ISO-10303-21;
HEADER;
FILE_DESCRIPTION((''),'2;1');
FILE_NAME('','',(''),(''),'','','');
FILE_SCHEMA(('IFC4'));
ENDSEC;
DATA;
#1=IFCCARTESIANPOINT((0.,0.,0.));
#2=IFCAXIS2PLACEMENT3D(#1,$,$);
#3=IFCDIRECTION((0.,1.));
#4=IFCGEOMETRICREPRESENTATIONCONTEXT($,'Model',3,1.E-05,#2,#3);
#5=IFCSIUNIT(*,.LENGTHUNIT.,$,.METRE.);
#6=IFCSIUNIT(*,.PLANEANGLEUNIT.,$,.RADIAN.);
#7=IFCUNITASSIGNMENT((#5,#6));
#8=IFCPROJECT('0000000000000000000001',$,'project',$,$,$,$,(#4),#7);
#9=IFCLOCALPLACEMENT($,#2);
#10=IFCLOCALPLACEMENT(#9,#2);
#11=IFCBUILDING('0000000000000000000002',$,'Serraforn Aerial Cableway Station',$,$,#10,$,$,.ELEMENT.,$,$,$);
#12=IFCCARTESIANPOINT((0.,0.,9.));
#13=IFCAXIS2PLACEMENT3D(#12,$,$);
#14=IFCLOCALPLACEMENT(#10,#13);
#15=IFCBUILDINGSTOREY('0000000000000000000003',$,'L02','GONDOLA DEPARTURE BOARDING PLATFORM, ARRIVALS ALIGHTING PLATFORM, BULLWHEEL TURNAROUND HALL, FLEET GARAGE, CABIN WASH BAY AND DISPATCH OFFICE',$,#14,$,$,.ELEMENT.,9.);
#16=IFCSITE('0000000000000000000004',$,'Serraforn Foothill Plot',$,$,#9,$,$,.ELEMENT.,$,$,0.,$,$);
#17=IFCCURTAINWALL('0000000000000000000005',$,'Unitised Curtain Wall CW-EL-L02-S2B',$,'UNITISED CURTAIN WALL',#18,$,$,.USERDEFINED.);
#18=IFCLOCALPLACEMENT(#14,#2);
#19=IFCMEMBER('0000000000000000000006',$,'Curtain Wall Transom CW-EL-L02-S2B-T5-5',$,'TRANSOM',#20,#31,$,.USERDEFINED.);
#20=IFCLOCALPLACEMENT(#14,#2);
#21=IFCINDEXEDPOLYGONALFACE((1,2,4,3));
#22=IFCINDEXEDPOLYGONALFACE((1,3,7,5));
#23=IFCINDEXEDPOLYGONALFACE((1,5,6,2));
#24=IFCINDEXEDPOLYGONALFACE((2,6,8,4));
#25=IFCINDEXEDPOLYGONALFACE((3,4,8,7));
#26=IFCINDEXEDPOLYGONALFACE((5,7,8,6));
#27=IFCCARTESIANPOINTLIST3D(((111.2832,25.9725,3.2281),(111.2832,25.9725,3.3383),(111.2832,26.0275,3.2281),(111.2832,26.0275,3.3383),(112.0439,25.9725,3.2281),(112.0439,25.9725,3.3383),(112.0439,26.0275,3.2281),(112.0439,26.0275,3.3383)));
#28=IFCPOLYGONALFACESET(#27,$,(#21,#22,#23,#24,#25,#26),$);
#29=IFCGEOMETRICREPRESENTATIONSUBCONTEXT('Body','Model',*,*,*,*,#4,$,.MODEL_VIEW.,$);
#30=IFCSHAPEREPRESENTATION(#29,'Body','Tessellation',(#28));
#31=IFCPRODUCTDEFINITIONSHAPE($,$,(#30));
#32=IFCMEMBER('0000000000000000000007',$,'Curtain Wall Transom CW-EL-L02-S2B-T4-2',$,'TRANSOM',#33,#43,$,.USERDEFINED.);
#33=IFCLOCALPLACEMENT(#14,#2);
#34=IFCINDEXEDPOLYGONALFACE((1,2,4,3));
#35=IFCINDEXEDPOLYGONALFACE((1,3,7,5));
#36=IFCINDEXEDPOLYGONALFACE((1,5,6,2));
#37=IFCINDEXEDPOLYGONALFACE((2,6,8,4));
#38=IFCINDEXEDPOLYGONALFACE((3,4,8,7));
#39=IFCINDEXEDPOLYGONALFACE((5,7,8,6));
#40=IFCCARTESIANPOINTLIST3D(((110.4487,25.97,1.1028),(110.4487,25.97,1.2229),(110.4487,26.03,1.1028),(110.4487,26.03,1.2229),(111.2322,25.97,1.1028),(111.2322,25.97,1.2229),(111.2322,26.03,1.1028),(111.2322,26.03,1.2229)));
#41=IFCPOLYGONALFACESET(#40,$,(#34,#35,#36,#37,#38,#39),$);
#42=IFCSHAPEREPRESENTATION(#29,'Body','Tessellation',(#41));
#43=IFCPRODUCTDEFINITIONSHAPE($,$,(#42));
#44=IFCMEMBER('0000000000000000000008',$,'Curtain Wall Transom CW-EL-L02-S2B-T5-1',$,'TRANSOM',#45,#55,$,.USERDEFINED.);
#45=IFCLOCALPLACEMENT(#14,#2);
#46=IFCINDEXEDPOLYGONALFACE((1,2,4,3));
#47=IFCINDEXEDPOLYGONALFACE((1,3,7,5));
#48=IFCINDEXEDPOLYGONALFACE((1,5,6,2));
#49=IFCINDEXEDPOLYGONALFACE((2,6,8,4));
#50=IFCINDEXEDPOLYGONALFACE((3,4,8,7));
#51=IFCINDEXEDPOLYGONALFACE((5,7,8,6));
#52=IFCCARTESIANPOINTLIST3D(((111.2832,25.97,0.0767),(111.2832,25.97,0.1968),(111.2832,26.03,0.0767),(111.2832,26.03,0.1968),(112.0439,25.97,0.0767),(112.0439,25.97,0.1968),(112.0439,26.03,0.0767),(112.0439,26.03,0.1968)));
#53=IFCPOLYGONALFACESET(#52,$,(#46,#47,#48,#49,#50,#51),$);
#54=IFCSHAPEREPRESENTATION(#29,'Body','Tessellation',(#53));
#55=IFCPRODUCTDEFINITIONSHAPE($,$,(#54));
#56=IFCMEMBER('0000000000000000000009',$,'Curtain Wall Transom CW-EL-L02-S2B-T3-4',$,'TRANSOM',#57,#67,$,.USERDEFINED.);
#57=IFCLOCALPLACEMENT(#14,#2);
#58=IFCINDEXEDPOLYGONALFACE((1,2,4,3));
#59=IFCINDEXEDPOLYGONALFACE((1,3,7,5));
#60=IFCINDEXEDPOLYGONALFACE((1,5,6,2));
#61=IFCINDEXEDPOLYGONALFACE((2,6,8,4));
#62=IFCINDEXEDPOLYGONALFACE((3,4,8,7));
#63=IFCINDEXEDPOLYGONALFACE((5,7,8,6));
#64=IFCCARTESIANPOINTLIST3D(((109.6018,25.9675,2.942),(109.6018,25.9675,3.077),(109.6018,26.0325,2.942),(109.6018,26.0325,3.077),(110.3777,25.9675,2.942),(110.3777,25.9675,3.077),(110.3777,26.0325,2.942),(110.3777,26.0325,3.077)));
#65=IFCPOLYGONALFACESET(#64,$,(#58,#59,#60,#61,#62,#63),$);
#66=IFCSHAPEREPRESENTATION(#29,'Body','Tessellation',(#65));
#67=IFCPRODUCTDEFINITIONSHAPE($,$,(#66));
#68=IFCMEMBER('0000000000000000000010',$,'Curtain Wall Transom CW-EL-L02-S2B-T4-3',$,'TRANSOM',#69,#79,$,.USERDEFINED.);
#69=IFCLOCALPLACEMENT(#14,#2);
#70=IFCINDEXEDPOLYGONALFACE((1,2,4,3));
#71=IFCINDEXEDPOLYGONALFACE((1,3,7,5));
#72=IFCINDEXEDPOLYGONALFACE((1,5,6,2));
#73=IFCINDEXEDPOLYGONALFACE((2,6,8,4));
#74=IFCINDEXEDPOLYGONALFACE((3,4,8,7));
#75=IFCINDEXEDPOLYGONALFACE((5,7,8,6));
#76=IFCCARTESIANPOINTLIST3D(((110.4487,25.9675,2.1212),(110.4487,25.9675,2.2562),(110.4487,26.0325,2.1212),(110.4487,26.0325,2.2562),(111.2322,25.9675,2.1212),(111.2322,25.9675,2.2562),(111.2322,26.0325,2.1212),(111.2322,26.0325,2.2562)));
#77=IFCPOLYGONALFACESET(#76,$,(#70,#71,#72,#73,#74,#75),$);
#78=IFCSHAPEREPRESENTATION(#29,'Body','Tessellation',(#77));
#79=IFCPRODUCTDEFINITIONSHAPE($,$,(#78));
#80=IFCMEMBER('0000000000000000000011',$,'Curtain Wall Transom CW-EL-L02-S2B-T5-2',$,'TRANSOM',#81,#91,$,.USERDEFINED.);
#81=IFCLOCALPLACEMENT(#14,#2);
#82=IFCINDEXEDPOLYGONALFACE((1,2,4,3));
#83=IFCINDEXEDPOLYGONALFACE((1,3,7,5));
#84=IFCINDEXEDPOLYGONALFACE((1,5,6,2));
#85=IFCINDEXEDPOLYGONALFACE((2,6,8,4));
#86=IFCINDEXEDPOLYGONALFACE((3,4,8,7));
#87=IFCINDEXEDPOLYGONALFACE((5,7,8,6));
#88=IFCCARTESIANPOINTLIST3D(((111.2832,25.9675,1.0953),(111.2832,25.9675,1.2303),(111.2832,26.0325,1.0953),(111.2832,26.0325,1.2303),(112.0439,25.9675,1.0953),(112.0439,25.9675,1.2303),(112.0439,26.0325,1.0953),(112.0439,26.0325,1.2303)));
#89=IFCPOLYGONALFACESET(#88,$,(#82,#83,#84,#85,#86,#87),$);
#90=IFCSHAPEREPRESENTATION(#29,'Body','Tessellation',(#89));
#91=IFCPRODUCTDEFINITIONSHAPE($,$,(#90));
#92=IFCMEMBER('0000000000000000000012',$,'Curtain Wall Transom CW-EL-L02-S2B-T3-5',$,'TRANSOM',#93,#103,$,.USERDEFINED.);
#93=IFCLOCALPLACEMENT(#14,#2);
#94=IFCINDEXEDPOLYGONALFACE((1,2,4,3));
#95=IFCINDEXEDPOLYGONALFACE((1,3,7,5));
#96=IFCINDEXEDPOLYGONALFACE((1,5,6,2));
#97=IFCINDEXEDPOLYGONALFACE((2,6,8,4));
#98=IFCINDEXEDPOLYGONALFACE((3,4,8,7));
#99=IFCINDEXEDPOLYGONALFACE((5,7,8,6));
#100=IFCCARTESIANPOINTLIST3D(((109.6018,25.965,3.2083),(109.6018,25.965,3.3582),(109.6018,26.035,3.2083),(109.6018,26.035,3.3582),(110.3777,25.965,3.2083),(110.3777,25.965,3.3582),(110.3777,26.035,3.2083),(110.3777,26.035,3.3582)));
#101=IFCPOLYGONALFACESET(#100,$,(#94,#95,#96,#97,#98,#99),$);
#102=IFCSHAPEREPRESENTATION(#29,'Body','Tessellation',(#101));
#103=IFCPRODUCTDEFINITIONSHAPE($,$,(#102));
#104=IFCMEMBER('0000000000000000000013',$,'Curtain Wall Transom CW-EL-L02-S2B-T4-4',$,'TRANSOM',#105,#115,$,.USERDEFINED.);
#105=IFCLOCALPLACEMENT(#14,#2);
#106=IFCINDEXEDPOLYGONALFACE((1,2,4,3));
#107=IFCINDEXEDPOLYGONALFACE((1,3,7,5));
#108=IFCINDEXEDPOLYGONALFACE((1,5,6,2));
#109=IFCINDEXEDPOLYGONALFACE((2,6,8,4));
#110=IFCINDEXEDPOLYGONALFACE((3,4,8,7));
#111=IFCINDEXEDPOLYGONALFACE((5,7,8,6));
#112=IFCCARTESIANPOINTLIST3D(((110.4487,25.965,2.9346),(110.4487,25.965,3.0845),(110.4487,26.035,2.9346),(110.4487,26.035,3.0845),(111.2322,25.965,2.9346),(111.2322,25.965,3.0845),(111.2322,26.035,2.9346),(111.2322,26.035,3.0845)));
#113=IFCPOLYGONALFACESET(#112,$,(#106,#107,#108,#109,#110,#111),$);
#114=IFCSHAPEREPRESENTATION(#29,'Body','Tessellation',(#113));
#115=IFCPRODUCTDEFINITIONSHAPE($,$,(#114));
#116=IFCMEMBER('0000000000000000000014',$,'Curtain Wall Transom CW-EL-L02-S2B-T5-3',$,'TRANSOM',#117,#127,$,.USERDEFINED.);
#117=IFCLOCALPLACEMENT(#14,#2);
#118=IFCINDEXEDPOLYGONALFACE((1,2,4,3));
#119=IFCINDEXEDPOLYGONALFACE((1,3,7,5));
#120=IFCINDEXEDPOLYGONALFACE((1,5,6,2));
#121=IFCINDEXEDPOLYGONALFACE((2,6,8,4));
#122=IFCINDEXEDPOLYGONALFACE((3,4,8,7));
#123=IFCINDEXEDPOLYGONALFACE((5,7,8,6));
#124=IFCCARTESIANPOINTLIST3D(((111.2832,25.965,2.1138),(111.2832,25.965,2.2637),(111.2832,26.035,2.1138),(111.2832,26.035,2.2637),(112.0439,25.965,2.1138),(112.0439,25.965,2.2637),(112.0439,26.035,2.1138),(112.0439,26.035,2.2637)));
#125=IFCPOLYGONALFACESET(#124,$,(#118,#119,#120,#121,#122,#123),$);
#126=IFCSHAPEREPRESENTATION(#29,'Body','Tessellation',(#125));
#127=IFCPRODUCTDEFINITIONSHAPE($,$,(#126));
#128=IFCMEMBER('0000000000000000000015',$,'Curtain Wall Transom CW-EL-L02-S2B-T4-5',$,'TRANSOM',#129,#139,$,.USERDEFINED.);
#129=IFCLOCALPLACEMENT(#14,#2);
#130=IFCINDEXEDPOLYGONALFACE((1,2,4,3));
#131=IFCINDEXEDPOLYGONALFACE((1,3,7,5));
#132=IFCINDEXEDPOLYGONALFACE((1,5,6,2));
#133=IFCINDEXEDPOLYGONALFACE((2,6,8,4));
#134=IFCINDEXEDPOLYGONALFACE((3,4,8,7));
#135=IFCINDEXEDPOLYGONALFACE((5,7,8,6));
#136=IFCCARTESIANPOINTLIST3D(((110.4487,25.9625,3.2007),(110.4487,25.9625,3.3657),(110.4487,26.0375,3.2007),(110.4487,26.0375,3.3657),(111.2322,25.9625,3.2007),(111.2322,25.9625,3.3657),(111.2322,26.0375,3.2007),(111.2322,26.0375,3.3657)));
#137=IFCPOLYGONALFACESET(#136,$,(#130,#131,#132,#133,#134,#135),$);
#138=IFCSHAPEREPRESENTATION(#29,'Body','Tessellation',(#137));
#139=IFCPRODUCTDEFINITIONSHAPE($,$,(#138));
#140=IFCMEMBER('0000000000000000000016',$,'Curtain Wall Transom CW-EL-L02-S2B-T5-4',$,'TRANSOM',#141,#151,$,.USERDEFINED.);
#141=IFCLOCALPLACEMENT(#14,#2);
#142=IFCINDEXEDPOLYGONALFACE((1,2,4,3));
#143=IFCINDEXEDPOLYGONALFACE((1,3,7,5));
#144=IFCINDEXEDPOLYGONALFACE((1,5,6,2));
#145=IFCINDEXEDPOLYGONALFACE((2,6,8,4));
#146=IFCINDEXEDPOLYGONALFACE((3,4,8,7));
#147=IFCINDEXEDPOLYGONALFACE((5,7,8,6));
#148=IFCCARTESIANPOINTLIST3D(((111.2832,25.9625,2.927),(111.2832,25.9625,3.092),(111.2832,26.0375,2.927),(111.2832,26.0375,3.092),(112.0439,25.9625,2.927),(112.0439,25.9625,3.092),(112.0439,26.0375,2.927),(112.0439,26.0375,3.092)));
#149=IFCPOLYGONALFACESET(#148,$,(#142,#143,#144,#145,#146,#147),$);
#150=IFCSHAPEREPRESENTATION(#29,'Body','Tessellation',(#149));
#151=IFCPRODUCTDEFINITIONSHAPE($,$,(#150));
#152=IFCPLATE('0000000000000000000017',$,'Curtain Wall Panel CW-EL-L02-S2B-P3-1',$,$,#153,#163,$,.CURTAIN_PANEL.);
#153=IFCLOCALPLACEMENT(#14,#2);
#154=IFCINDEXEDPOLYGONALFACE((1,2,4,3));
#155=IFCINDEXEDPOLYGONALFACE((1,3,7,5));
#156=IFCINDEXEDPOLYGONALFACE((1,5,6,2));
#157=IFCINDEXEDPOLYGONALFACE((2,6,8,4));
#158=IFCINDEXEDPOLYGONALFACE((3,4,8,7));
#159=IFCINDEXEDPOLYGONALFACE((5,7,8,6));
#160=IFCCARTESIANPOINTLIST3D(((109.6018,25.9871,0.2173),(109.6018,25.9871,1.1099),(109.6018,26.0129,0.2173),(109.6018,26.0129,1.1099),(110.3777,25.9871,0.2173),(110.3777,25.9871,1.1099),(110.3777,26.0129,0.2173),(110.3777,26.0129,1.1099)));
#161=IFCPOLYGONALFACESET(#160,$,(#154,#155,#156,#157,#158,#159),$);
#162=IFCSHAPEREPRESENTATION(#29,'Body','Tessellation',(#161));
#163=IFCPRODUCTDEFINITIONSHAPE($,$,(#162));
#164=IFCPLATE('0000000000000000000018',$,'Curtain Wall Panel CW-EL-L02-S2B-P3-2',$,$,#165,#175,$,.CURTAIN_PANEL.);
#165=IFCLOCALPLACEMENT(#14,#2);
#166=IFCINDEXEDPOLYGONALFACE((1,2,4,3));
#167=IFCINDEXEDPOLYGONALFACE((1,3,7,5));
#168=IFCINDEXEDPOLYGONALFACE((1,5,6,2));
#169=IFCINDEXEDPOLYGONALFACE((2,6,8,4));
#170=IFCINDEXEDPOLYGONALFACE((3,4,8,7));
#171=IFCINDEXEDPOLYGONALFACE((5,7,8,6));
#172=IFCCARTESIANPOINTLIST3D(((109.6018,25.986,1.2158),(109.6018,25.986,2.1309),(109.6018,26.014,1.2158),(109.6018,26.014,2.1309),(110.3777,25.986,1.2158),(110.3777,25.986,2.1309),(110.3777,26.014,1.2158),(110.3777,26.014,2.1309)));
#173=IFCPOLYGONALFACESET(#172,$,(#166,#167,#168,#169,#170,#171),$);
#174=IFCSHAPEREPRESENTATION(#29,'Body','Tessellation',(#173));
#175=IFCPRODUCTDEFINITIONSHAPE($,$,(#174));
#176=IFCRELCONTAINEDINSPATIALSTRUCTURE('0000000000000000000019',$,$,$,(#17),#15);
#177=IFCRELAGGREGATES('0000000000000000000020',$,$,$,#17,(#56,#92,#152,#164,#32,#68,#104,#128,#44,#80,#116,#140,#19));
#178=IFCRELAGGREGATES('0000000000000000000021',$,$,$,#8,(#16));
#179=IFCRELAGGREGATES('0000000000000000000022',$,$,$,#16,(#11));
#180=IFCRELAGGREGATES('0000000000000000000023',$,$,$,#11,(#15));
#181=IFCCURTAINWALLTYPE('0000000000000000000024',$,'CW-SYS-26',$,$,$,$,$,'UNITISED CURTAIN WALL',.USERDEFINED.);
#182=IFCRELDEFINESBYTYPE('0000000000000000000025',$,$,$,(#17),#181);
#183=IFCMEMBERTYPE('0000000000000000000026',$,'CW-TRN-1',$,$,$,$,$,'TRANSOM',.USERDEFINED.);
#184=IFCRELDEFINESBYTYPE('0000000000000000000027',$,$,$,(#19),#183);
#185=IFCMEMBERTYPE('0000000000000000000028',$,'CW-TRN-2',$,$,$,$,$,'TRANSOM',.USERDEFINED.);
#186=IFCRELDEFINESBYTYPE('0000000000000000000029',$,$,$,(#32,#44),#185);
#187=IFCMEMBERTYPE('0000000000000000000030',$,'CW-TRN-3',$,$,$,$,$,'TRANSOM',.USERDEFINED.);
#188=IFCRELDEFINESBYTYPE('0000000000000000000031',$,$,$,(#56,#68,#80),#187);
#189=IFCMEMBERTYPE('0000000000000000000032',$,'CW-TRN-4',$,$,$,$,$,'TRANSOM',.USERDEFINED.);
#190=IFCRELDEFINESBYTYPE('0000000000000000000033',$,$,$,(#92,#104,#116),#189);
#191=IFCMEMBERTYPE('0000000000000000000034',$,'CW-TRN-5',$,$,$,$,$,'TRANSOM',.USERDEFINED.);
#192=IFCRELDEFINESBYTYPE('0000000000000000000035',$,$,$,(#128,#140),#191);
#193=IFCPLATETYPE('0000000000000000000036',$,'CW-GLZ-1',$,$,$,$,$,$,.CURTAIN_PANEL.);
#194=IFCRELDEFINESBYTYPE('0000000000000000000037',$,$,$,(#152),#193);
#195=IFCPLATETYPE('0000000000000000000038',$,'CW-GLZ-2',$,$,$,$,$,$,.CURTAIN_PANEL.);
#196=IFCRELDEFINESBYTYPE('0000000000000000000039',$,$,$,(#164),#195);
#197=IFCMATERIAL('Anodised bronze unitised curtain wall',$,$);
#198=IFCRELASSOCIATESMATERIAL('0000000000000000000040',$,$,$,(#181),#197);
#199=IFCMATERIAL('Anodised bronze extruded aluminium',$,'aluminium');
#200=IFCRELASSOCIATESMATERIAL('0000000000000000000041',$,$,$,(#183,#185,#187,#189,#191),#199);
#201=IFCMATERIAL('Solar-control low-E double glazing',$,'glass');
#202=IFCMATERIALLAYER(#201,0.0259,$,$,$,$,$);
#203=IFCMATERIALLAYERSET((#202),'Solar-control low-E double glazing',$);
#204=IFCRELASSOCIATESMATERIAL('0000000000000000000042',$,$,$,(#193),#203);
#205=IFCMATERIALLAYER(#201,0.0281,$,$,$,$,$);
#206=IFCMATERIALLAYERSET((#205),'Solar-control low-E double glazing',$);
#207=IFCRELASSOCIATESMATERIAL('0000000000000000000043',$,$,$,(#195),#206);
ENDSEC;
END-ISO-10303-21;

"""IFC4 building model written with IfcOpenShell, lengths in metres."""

from ifc_helpers import new_model, si_unit, direction, frame, origin, origin_2d, place, context, subcontext, project, spatial, rectangle, extrude, material, layer, layer_set, material_profile, profile_set, type_object, element, aggregate, save


model = new_model("IFC4")

# Units and contexts
model_context = context("Model", 3, precision=1e-05, world=origin(), true_north=direction((0.0, 1.0)))
body_context = subcontext(model_context, "Body", "Model", "MODEL_VIEW")
ifc_project = project(units=[si_unit("LENGTHUNIT", "METRE"), si_unit("PLANEANGLEUNIT", "RADIAN")], contexts=[model_context])

# Site, building, storey
site_placement = place(None, origin())
site = spatial("IfcSite", under=ifc_project, at=site_placement, Name="Serraforn Foothill Plot", CompositionType="ELEMENT", RefElevation=0.0)
building_placement = place(site_placement, origin())
building = spatial("IfcBuilding", under=site, at=building_placement, Name="Serraforn Aerial Cableway Station", CompositionType="ELEMENT")
storey_placement = place(building_placement, frame((0.0, 0.0, 9.0)))
storey = spatial("IfcBuildingStorey", under=building, at=storey_placement, Name="L02", Description="GONDOLA DEPARTURE BOARDING PLATFORM, ARRIVALS ALIGHTING PLATFORM, BULLWHEEL TURNAROUND HALL, FLEET GARAGE, CABIN WASH BAY AND DISPATCH OFFICE", CompositionType="ELEMENT", Elevation=9.0)

# Curtain wall, members, plates
ifc_material_1 = material(Name="Anodised bronze unitised curtain wall")
curtain_wall_type = type_object("IfcCurtainWallType", Name="CW-SYS-26", ElementType="UNITISED CURTAIN WALL", PredefinedType="USERDEFINED", material=ifc_material_1)
curtain_wall_placement = place(storey_placement, origin())
curtain_wall = element("IfcCurtainWall", 1, at=curtain_wall_placement, inside=storey, type_object=curtain_wall_type, Name="Unitised Curtain Wall CW-EL-L02-S2B", ObjectType="UNITISED CURTAIN WALL", PredefinedType="USERDEFINED")
ifc_material_2 = material(Name="Anodised bronze extruded aluminium", Category="aluminium")
ifc_material_profile_1 = material_profile(ifc_material_2, rectangle(XDim=0.0549, YDim=0.1101, at=origin_2d()), Name="CW TRANSOM 55x110")
ifc_profile_set_1 = profile_set([ifc_material_profile_1], Name="Anodised bronze extruded aluminium")
member_type_1 = type_object("IfcMemberType", Name="CW-TRN-1", ElementType="TRANSOM", PredefinedType="USERDEFINED", material=ifc_profile_set_1)
member_1_placement = place(storey_placement, frame((111.2832, 26.0, 3.2832), z_axis=(1.0, 0.0, 0.0), x_axis=(0.0, 1.0, 0.0)))
member_1 = element("IfcMember", 2, at=member_1_placement, type_object=member_type_1, Name="Curtain Wall Transom CW-EL-L02-S2B-T5-5", ObjectType="TRANSOM", PredefinedType="USERDEFINED", context=body_context, shape_type="SweptSolid", body=[
    extrude(rectangle(XDim=0.0549, YDim=0.1101, at=origin_2d()), origin(), (0.0, 0.0, 1.0), 0.7607),
])
ifc_material_profile_2 = material_profile(ifc_material_2, rectangle(XDim=0.0601, YDim=0.1201, at=origin_2d()), Name="CW TRANSOM 60x120")
ifc_profile_set_2 = profile_set([ifc_material_profile_2], Name="Anodised bronze extruded aluminium")
member_type_2 = type_object("IfcMemberType", Name="CW-TRN-2", ElementType="TRANSOM", PredefinedType="USERDEFINED", material=ifc_profile_set_2)
member_2_placement = place(storey_placement, frame((110.4487, 26.0, 1.1628), z_axis=(1.0, 0.0, 0.0), x_axis=(0.0, 1.0, 0.0)))
member_2 = element("IfcMember", 3, at=member_2_placement, type_object=member_type_2, Name="Curtain Wall Transom CW-EL-L02-S2B-T4-2", ObjectType="TRANSOM", PredefinedType="USERDEFINED", context=body_context, shape_type="SweptSolid", body=[
    extrude(rectangle(XDim=0.0601, YDim=0.1201, at=origin_2d()), origin(), (0.0, 0.0, 1.0), 0.7834),
])
member_3_placement = place(storey_placement, frame((111.2832, 26.0, 0.1367), z_axis=(1.0, 0.0, 0.0), x_axis=(0.0, 1.0, 0.0)))
member_3 = element("IfcMember", 4, at=member_3_placement, type_object=member_type_2, Name="Curtain Wall Transom CW-EL-L02-S2B-T5-1", ObjectType="TRANSOM", PredefinedType="USERDEFINED", context=body_context, shape_type="SweptSolid", body=[
    extrude(rectangle(XDim=0.0601, YDim=0.1201, at=origin_2d()), origin(), (0.0, 0.0, 1.0), 0.7607),
])
ifc_material_profile_3 = material_profile(ifc_material_2, rectangle(XDim=0.0649, YDim=0.135, at=origin_2d()), Name="CW TRANSOM 65x135")
ifc_profile_set_3 = profile_set([ifc_material_profile_3], Name="Anodised bronze extruded aluminium")
member_type_3 = type_object("IfcMemberType", Name="CW-TRN-3", ElementType="TRANSOM", PredefinedType="USERDEFINED", material=ifc_profile_set_3)
member_4_placement = place(storey_placement, frame((109.6018, 26.0, 3.0095), z_axis=(1.0, 0.0, 0.0), x_axis=(0.0, 1.0, 0.0)))
member_4 = element("IfcMember", 5, at=member_4_placement, type_object=member_type_3, Name="Curtain Wall Transom CW-EL-L02-S2B-T3-4", ObjectType="TRANSOM", PredefinedType="USERDEFINED", context=body_context, shape_type="SweptSolid", body=[
    extrude(rectangle(XDim=0.0649, YDim=0.135, at=origin_2d()), origin(), (0.0, 0.0, 1.0), 0.7759),
])
member_5_placement = place(storey_placement, frame((110.4487, 26.0, 2.1887), z_axis=(1.0, 0.0, 0.0), x_axis=(0.0, 1.0, 0.0)))
member_5 = element("IfcMember", 6, at=member_5_placement, type_object=member_type_3, Name="Curtain Wall Transom CW-EL-L02-S2B-T4-3", ObjectType="TRANSOM", PredefinedType="USERDEFINED", context=body_context, shape_type="SweptSolid", body=[
    extrude(rectangle(XDim=0.0649, YDim=0.135, at=origin_2d()), origin(), (0.0, 0.0, 1.0), 0.7834),
])
member_6_placement = place(storey_placement, frame((111.2832, 26.0, 1.1628), z_axis=(1.0, 0.0, 0.0), x_axis=(0.0, 1.0, 0.0)))
member_6 = element("IfcMember", 7, at=member_6_placement, type_object=member_type_3, Name="Curtain Wall Transom CW-EL-L02-S2B-T5-2", ObjectType="TRANSOM", PredefinedType="USERDEFINED", context=body_context, shape_type="SweptSolid", body=[
    extrude(rectangle(XDim=0.0649, YDim=0.135, at=origin_2d()), origin(), (0.0, 0.0, 1.0), 0.7607),
])
ifc_material_profile_4 = material_profile(ifc_material_2, rectangle(XDim=0.0701, YDim=0.1499, at=origin_2d()), Name="CW TRANSOM 70x150")
ifc_profile_set_4 = profile_set([ifc_material_profile_4], Name="Anodised bronze extruded aluminium")
member_type_4 = type_object("IfcMemberType", Name="CW-TRN-4", ElementType="TRANSOM", PredefinedType="USERDEFINED", material=ifc_profile_set_4)
member_7_placement = place(storey_placement, frame((109.6018, 26.0, 3.2832), z_axis=(1.0, 0.0, 0.0), x_axis=(0.0, 1.0, 0.0)))
member_7 = element("IfcMember", 8, at=member_7_placement, type_object=member_type_4, Name="Curtain Wall Transom CW-EL-L02-S2B-T3-5", ObjectType="TRANSOM", PredefinedType="USERDEFINED", context=body_context, shape_type="SweptSolid", body=[
    extrude(rectangle(XDim=0.0701, YDim=0.1499, at=origin_2d()), origin(), (0.0, 0.0, 1.0), 0.7759),
])
member_8_placement = place(storey_placement, frame((110.4487, 26.0, 3.0095), z_axis=(1.0, 0.0, 0.0), x_axis=(0.0, 1.0, 0.0)))
member_8 = element("IfcMember", 9, at=member_8_placement, type_object=member_type_4, Name="Curtain Wall Transom CW-EL-L02-S2B-T4-4", ObjectType="TRANSOM", PredefinedType="USERDEFINED", context=body_context, shape_type="SweptSolid", body=[
    extrude(rectangle(XDim=0.0701, YDim=0.1499, at=origin_2d()), origin(), (0.0, 0.0, 1.0), 0.7834),
])
member_9_placement = place(storey_placement, frame((111.2832, 26.0, 2.1887), z_axis=(1.0, 0.0, 0.0), x_axis=(0.0, 1.0, 0.0)))
member_9 = element("IfcMember", 10, at=member_9_placement, type_object=member_type_4, Name="Curtain Wall Transom CW-EL-L02-S2B-T5-3", ObjectType="TRANSOM", PredefinedType="USERDEFINED", context=body_context, shape_type="SweptSolid", body=[
    extrude(rectangle(XDim=0.0701, YDim=0.1499, at=origin_2d()), origin(), (0.0, 0.0, 1.0), 0.7607),
])
ifc_material_profile_5 = material_profile(ifc_material_2, rectangle(XDim=0.075, YDim=0.165, at=origin_2d()), Name="CW TRANSOM 75x165")
ifc_profile_set_5 = profile_set([ifc_material_profile_5], Name="Anodised bronze extruded aluminium")
member_type_5 = type_object("IfcMemberType", Name="CW-TRN-5", ElementType="TRANSOM", PredefinedType="USERDEFINED", material=ifc_profile_set_5)
member_10_placement = place(storey_placement, frame((110.4487, 26.0, 3.2832), z_axis=(1.0, 0.0, 0.0), x_axis=(0.0, 1.0, 0.0)))
member_10 = element("IfcMember", 11, at=member_10_placement, type_object=member_type_5, Name="Curtain Wall Transom CW-EL-L02-S2B-T4-5", ObjectType="TRANSOM", PredefinedType="USERDEFINED", context=body_context, shape_type="SweptSolid", body=[
    extrude(rectangle(XDim=0.075, YDim=0.165, at=origin_2d()), origin(), (0.0, 0.0, 1.0), 0.7834),
])
member_11_placement = place(storey_placement, frame((111.2832, 26.0, 3.0095), z_axis=(1.0, 0.0, 0.0), x_axis=(0.0, 1.0, 0.0)))
member_11 = element("IfcMember", 12, at=member_11_placement, type_object=member_type_5, Name="Curtain Wall Transom CW-EL-L02-S2B-T5-4", ObjectType="TRANSOM", PredefinedType="USERDEFINED", context=body_context, shape_type="SweptSolid", body=[
    extrude(rectangle(XDim=0.075, YDim=0.165, at=origin_2d()), origin(), (0.0, 0.0, 1.0), 0.7607),
])
ifc_material_3 = material(Name="Solar-control low-E double glazing", Category="glass")
ifc_layer_1 = layer(ifc_material_3, 0.0259)
ifc_layer_set_1 = layer_set([ifc_layer_1], Name="Solar-control low-E double glazing")
plate_type_1 = type_object("IfcPlateType", Name="CW-GLZ-1", PredefinedType="CURTAIN_PANEL", material=ifc_layer_set_1)
plate_1_placement = place(storey_placement, frame((109.9897, 26.0, 0.2173), z_axis=(0.0, 0.0, 1.0), x_axis=(1.0, 0.0, 0.0)))
plate_1 = element("IfcPlate", 13, at=plate_1_placement, type_object=plate_type_1, Name="Curtain Wall Panel CW-EL-L02-S2B-P3-1", PredefinedType="CURTAIN_PANEL", context=body_context, shape_type="SweptSolid", body=[
    extrude(rectangle(XDim=0.7759, YDim=0.0259, at=origin_2d()), origin(), (0.0, 0.0, 1.0), 0.8926),
])
ifc_layer_2 = layer(ifc_material_3, 0.0281)
ifc_layer_set_2 = layer_set([ifc_layer_2], Name="Solar-control low-E double glazing")
plate_type_2 = type_object("IfcPlateType", Name="CW-GLZ-2", PredefinedType="CURTAIN_PANEL", material=ifc_layer_set_2)
plate_2_placement = place(storey_placement, frame((109.9897, 26.0, 1.2158), z_axis=(0.0, 0.0, 1.0), x_axis=(1.0, 0.0, 0.0)))
plate_2 = element("IfcPlate", 14, at=plate_2_placement, type_object=plate_type_2, Name="Curtain Wall Panel CW-EL-L02-S2B-P3-2", PredefinedType="CURTAIN_PANEL", context=body_context, shape_type="SweptSolid", body=[
    extrude(rectangle(XDim=0.7759, YDim=0.0281, at=origin_2d()), origin(), (0.0, 0.0, 1.0), 0.915),
])
aggregate(curtain_wall, [member_4, member_7, plate_1, plate_2, member_2, member_5, member_8, member_10, member_3, member_6, member_9, member_11, member_1])

save(model, "model.ifc")
